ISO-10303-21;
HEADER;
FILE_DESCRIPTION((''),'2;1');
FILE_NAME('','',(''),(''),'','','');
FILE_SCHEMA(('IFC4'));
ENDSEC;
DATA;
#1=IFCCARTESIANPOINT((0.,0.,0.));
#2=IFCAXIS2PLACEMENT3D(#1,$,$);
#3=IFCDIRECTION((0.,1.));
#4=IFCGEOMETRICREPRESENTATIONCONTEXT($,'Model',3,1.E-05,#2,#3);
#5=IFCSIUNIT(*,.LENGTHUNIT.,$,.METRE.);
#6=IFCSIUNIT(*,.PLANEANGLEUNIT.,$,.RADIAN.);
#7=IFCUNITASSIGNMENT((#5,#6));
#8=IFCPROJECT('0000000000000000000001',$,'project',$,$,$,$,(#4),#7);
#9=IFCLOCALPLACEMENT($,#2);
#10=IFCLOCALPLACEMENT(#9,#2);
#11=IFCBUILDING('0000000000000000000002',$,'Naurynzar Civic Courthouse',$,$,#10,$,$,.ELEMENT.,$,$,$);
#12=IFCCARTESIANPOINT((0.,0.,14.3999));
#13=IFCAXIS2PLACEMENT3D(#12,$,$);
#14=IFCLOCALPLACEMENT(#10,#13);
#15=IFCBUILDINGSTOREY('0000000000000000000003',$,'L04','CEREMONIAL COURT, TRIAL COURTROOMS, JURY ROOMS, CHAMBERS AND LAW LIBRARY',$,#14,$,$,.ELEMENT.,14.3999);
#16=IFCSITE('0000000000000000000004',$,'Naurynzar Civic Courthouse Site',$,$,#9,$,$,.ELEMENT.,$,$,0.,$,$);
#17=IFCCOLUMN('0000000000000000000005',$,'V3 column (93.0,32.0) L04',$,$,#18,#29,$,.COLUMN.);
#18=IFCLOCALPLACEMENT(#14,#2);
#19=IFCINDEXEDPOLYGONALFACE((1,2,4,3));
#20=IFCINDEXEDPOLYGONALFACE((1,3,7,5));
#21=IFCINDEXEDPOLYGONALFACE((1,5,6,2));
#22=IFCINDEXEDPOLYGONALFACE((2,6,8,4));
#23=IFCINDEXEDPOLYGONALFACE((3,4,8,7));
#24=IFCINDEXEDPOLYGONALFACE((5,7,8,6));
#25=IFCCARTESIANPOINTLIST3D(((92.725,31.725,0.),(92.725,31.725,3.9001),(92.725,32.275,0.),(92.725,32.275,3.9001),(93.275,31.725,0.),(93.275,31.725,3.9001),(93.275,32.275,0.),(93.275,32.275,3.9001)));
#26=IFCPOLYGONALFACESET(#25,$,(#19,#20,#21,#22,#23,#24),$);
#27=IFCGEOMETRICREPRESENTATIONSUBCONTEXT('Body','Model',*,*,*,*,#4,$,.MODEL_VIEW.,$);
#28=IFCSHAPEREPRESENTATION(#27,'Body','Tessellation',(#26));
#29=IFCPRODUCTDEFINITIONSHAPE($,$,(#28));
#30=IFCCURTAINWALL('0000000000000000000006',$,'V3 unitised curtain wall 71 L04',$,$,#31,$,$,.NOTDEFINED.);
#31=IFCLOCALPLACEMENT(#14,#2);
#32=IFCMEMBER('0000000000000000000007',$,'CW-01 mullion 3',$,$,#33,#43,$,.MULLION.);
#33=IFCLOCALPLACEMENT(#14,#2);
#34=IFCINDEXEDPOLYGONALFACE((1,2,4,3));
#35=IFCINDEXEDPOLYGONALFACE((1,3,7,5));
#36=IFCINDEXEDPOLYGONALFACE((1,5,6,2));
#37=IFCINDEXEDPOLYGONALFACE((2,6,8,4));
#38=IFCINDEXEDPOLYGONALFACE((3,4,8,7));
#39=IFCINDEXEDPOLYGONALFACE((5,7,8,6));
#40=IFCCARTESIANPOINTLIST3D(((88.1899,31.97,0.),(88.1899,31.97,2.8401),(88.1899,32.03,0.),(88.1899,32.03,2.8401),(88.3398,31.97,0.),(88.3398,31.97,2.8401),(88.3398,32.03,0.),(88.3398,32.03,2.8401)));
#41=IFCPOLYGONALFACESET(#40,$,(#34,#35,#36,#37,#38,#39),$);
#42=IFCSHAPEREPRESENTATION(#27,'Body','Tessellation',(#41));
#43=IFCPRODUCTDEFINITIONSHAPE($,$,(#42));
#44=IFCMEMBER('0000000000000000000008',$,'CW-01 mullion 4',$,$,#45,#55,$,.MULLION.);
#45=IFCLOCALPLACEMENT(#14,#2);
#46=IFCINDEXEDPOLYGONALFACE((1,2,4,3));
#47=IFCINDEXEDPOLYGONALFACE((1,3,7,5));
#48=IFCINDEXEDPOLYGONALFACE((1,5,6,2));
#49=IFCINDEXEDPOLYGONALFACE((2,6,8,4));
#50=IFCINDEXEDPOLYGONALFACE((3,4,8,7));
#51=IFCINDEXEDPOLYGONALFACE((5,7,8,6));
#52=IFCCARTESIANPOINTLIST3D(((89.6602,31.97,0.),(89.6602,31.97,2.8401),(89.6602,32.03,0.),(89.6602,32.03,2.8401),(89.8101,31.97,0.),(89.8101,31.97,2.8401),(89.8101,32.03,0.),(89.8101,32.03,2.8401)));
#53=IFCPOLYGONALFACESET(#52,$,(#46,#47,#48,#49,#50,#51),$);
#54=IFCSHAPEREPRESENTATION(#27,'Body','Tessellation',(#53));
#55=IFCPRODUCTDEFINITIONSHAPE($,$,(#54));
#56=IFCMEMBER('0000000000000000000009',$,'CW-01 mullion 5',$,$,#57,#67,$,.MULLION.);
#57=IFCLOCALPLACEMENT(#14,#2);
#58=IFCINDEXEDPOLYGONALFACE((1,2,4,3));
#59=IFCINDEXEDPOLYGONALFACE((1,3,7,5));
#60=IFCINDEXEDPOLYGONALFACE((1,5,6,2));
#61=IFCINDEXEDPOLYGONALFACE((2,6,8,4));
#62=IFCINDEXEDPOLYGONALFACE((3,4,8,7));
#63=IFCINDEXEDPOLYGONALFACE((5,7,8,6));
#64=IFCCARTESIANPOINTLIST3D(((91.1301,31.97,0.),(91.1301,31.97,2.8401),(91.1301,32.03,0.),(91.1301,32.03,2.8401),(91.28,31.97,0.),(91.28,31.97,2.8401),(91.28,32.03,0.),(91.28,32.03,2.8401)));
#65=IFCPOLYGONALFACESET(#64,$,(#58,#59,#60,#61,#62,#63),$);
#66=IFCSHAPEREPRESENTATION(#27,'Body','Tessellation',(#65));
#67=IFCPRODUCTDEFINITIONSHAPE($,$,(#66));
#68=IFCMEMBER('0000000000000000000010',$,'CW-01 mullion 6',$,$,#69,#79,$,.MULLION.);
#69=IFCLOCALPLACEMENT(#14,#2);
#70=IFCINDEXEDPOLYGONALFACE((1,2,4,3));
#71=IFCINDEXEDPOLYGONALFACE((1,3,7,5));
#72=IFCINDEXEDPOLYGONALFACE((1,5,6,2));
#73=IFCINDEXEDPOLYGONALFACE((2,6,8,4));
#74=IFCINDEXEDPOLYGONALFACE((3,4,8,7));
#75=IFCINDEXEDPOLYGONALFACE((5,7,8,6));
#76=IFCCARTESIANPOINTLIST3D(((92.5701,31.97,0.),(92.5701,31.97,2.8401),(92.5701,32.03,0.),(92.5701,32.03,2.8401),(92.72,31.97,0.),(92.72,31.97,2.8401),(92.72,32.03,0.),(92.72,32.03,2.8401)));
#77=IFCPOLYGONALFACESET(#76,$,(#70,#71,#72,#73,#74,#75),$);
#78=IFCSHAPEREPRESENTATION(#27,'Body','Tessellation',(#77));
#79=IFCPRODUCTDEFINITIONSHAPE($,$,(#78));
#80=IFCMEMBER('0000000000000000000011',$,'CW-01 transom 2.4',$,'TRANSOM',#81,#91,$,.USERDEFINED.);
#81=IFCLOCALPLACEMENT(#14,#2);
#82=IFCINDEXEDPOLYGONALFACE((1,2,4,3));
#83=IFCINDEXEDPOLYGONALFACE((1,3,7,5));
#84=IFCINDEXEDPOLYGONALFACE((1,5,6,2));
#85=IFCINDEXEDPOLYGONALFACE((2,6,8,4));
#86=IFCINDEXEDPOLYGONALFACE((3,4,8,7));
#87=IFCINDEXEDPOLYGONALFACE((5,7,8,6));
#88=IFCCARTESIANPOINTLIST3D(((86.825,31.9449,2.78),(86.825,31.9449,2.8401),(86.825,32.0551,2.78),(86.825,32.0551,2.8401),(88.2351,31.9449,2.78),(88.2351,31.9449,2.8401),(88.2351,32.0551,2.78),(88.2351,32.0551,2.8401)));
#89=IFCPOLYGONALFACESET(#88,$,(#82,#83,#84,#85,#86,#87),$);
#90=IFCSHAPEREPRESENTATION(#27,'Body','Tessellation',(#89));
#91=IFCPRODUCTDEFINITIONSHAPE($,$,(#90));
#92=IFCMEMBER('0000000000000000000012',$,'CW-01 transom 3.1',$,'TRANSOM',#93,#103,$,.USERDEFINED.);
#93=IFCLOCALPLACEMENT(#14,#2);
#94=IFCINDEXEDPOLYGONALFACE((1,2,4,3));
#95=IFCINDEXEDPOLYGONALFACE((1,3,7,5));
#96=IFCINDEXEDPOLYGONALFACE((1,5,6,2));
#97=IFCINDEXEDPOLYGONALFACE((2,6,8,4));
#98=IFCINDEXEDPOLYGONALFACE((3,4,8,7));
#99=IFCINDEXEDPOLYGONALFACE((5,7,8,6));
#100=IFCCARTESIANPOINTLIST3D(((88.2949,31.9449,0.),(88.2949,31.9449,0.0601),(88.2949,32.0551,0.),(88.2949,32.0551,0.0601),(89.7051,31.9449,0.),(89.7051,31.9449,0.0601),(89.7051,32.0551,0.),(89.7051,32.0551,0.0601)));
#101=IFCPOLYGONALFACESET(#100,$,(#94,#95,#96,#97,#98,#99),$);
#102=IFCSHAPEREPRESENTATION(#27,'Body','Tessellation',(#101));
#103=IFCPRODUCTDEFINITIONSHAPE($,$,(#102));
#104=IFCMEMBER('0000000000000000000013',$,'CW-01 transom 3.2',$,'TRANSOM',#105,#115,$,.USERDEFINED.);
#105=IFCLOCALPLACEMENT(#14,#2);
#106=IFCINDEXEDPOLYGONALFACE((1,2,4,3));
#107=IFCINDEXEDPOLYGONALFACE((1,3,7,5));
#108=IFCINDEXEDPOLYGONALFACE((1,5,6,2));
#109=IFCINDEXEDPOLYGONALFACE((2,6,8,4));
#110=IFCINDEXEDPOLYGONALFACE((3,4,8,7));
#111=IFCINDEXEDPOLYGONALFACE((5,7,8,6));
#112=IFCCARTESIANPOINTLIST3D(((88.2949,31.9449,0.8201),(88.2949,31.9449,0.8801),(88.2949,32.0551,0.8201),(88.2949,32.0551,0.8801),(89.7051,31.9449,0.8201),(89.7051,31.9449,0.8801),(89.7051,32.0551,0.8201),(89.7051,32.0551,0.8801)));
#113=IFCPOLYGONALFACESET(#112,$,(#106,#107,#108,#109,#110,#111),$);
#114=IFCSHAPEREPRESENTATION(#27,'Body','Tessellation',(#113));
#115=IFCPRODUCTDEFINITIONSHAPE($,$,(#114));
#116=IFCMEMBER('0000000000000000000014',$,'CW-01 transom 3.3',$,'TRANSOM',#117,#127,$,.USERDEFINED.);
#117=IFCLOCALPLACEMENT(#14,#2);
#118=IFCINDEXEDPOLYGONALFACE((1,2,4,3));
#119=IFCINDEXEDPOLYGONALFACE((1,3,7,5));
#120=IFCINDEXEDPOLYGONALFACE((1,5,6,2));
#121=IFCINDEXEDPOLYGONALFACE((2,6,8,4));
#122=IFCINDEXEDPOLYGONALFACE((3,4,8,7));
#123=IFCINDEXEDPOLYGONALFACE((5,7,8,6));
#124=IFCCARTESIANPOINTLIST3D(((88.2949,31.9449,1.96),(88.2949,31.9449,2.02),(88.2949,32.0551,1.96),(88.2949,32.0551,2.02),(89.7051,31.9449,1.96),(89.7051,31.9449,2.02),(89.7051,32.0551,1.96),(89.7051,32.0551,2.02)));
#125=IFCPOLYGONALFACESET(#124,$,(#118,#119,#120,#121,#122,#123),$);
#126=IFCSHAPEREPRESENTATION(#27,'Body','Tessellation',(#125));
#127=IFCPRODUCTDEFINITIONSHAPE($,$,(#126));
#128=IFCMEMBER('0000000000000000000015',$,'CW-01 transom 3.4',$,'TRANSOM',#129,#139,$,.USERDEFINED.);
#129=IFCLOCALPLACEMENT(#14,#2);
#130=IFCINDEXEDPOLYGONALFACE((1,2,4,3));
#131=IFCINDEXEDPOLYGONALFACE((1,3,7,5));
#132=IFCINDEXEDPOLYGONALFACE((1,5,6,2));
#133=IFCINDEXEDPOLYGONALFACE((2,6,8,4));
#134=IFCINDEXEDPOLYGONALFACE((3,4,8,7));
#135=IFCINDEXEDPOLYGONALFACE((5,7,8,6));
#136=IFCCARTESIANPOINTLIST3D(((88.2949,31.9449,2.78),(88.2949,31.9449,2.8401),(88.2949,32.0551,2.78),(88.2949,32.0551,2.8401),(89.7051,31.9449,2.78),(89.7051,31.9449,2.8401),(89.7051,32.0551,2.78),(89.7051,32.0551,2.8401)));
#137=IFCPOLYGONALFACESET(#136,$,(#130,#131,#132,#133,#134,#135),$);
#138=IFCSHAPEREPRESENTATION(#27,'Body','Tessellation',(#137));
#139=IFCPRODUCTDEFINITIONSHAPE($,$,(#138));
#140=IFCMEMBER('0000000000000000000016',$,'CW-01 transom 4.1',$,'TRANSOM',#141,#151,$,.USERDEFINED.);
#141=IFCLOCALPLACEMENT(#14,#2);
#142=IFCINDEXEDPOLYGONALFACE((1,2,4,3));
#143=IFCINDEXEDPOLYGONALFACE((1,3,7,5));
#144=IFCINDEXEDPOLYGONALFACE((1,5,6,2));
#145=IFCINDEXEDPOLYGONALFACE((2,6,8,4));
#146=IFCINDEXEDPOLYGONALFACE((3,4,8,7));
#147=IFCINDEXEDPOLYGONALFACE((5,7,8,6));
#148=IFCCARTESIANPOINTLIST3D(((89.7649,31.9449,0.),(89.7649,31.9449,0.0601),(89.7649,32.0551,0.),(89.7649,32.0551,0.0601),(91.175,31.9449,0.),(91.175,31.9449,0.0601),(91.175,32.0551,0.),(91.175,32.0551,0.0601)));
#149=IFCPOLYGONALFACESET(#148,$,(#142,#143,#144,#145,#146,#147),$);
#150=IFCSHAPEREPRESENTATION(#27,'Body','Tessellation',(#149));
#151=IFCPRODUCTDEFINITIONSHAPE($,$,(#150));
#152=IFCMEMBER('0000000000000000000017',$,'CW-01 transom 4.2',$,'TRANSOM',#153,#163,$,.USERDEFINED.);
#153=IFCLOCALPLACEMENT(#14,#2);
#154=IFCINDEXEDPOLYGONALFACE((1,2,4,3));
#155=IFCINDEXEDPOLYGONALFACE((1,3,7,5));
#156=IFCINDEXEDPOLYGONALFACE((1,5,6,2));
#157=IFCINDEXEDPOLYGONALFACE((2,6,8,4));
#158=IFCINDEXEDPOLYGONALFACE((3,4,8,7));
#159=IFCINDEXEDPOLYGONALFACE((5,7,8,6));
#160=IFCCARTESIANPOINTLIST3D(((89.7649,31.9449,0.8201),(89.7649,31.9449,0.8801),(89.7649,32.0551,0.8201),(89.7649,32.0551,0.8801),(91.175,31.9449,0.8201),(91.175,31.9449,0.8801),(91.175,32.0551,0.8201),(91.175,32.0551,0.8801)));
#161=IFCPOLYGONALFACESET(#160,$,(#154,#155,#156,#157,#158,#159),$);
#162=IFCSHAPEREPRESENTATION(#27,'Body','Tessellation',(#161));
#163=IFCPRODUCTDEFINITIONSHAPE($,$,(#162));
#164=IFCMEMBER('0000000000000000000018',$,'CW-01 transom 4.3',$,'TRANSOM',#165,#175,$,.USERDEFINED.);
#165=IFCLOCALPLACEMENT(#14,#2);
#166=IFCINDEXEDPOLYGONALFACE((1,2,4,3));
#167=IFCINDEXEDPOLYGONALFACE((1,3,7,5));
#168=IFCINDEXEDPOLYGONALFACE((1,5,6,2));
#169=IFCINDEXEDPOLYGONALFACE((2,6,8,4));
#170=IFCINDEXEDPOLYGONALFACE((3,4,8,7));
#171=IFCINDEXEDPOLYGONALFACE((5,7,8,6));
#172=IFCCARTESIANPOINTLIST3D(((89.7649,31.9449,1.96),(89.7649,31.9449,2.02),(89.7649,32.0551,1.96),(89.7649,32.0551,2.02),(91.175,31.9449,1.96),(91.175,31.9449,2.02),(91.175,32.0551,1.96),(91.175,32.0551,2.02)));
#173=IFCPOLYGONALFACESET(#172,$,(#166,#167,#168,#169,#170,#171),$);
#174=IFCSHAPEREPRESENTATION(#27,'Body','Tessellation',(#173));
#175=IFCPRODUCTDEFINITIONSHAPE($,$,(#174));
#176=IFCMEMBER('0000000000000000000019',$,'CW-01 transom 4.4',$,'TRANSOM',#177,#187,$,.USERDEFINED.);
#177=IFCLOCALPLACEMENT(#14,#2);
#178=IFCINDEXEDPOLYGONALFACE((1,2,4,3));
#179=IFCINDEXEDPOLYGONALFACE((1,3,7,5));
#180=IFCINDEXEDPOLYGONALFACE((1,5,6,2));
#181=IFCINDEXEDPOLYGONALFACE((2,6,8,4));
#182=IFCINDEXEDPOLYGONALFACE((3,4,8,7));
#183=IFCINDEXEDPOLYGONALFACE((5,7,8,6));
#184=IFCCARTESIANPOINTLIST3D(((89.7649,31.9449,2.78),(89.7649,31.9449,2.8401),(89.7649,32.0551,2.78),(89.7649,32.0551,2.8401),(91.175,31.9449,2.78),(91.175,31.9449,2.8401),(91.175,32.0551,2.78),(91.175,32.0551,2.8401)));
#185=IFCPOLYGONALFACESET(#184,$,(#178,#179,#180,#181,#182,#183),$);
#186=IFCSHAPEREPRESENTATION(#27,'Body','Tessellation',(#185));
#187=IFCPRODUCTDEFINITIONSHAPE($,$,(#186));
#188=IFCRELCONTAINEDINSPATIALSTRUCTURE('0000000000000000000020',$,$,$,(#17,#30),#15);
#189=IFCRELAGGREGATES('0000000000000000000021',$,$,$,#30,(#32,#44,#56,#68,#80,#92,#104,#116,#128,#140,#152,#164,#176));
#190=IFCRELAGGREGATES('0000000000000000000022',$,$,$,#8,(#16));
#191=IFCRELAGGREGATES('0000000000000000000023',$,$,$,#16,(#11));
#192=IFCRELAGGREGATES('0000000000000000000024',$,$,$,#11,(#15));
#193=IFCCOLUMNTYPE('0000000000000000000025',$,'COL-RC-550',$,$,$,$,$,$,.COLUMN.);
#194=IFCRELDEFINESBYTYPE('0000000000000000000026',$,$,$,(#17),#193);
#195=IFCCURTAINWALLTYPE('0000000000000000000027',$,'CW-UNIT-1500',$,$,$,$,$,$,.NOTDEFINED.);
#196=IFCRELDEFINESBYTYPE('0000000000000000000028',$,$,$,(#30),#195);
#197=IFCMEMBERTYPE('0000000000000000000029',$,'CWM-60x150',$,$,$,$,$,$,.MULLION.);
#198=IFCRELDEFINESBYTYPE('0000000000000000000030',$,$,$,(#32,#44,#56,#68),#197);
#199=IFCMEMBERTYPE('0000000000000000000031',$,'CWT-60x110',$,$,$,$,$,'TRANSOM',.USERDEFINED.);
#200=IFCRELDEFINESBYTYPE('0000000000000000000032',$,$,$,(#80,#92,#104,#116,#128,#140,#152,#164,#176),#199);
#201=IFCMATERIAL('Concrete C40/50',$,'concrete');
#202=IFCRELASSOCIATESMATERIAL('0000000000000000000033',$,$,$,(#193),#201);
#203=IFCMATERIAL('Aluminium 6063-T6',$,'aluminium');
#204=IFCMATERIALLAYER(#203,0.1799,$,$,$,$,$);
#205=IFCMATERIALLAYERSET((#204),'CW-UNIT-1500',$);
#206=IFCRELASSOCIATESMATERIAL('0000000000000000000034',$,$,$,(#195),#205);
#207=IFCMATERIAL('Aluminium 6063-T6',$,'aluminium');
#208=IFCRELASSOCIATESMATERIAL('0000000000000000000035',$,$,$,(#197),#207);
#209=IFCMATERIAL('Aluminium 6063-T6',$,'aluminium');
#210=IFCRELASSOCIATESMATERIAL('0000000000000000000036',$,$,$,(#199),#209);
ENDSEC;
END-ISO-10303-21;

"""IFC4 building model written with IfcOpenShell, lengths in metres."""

from ifc_helpers import new_model, si_unit, direction, frame, origin, origin_2d, place, context, subcontext, project, spatial, rectangle, extrude, material, layer, layer_set, material_profile, profile_set, type_object, element, aggregate, save


model = new_model("IFC4")

# Units and contexts
model_context = context("Model", 3, precision=1e-05, world=origin(), true_north=direction((0.0, 1.0)))
body_context = subcontext(model_context, "Body", "Model", "MODEL_VIEW")
ifc_project = project(units=[si_unit("LENGTHUNIT", "METRE"), si_unit("PLANEANGLEUNIT", "RADIAN")], contexts=[model_context])

# Site, building, storey
site_placement = place(None, origin())
site = spatial("IfcSite", under=ifc_project, at=site_placement, Name="Naurynzar Civic Courthouse Site", CompositionType="ELEMENT", RefElevation=0.0)
building_placement = place(site_placement, origin())
building = spatial("IfcBuilding", under=site, at=building_placement, Name="Naurynzar Civic Courthouse", CompositionType="ELEMENT")
storey_placement = place(building_placement, frame((0.0, 0.0, 14.3999)))
storey = spatial("IfcBuildingStorey", under=building, at=storey_placement, Name="L04", Description="CEREMONIAL COURT, TRIAL COURTROOMS, JURY ROOMS, CHAMBERS AND LAW LIBRARY", CompositionType="ELEMENT", Elevation=14.3999)

# Column
ifc_material_1 = material(Name="Concrete C40/50", Category="concrete")
ifc_material_profile_1 = material_profile(ifc_material_1, rectangle(XDim=0.55, YDim=0.55, at=origin_2d()), Name="RC 550x550")
ifc_profile_set_1 = profile_set([ifc_material_profile_1], Name="Concrete C40/50")
column_type = type_object("IfcColumnType", Name="COL-RC-550", PredefinedType="COLUMN", material=ifc_profile_set_1)
column_placement = place(storey_placement, frame((93.0, 32.0, 0.0), z_axis=(0.0, 0.0, 1.0), x_axis=(1.0, 0.0, 0.0)))
element("IfcColumn", 1, at=column_placement, inside=storey, type_object=column_type, Name="V3 column (93.0,32.0) L04", PredefinedType="COLUMN", context=body_context, shape_type="SweptSolid", body=[
    extrude(rectangle(XDim=0.55, YDim=0.55, at=origin_2d()), origin(), (0.0, 0.0, 1.0), 3.9001),
])

# Curtain wall, members
ifc_material_2 = material(Name="Aluminium 6063-T6", Category="aluminium")
ifc_layer_1 = layer(ifc_material_2, 0.1799)
ifc_layer_set_1 = layer_set([ifc_layer_1], Name="CW-UNIT-1500")
curtain_wall_type = type_object("IfcCurtainWallType", Name="CW-UNIT-1500", PredefinedType="NOTDEFINED", material=ifc_layer_set_1)
curtain_wall_placement = place(storey_placement, origin())
curtain_wall = element("IfcCurtainWall", 2, at=curtain_wall_placement, inside=storey, type_object=curtain_wall_type, Name="V3 unitised curtain wall 71 L04", PredefinedType="NOTDEFINED")
ifc_material_3 = material(Name="Aluminium 6063-T6", Category="aluminium")
ifc_material_profile_2 = material_profile(ifc_material_3, rectangle(XDim=0.0601, YDim=0.1499, at=origin_2d()), Name="ALU MULLION 60x150")
ifc_profile_set_2 = profile_set([ifc_material_profile_2], Name="Aluminium 6063-T6")
member_type_1 = type_object("IfcMemberType", Name="CWM-60x150", PredefinedType="MULLION", material=ifc_profile_set_2)
member_1_placement = place(storey_placement, frame((88.2649, 32.0, 0.0), z_axis=(0.0, 0.0, 1.0), x_axis=(0.0, 1.0, 0.0)))
member_1 = element("IfcMember", 3, at=member_1_placement, type_object=member_type_1, Name="CW-01 mullion 3", PredefinedType="MULLION", context=body_context, shape_type="SweptSolid", body=[
    extrude(rectangle(XDim=0.0601, YDim=0.1499, at=origin_2d()), origin(), (0.0, 0.0, 1.0), 2.8401),
])
member_2_placement = place(storey_placement, frame((89.7351, 32.0, 0.0), z_axis=(0.0, 0.0, 1.0), x_axis=(0.0, 1.0, 0.0)))
member_2 = element("IfcMember", 4, at=member_2_placement, type_object=member_type_1, Name="CW-01 mullion 4", PredefinedType="MULLION", context=body_context, shape_type="SweptSolid", body=[
    extrude(rectangle(XDim=0.0601, YDim=0.1499, at=origin_2d()), origin(), (0.0, 0.0, 1.0), 2.8401),
])
member_3_placement = place(storey_placement, frame((91.2051, 32.0, 0.0), z_axis=(0.0, 0.0, 1.0), x_axis=(0.0, 1.0, 0.0)))
member_3 = element("IfcMember", 5, at=member_3_placement, type_object=member_type_1, Name="CW-01 mullion 5", PredefinedType="MULLION", context=body_context, shape_type="SweptSolid", body=[
    extrude(rectangle(XDim=0.0601, YDim=0.1499, at=origin_2d()), origin(), (0.0, 0.0, 1.0), 2.8401),
])
member_4_placement = place(storey_placement, frame((92.645, 32.0, 0.0), z_axis=(0.0, 0.0, 1.0), x_axis=(0.0, 1.0, 0.0)))
member_4 = element("IfcMember", 6, at=member_4_placement, type_object=member_type_1, Name="CW-01 mullion 6", PredefinedType="MULLION", context=body_context, shape_type="SweptSolid", body=[
    extrude(rectangle(XDim=0.0601, YDim=0.1499, at=origin_2d()), origin(), (0.0, 0.0, 1.0), 2.8401),
])
ifc_material_4 = material(Name="Aluminium 6063-T6", Category="aluminium")
ifc_material_profile_3 = material_profile(ifc_material_4, rectangle(XDim=0.1101, YDim=0.0601, at=origin_2d()), Name="ALU TRANSOM 60x110")
ifc_profile_set_3 = profile_set([ifc_material_profile_3], Name="Aluminium 6063-T6")
member_type_2 = type_object("IfcMemberType", Name="CWT-60x110", ElementType="TRANSOM", PredefinedType="USERDEFINED", material=ifc_profile_set_3)
member_5_placement = place(storey_placement, frame((86.825, 32.0, 2.8101), z_axis=(1.0, 0.0, 0.0), x_axis=(0.0, 1.0, 0.0)))
member_5 = element("IfcMember", 7, at=member_5_placement, type_object=member_type_2, Name="CW-01 transom 2.4", ObjectType="TRANSOM", PredefinedType="USERDEFINED", context=body_context, shape_type="SweptSolid", body=[
    extrude(rectangle(XDim=0.1101, YDim=0.0601, at=origin_2d()), origin(), (0.0, 0.0, 1.0), 1.4102),
])
member_6_placement = place(storey_placement, frame((88.2949, 32.0, 0.03), z_axis=(1.0, 0.0, 0.0), x_axis=(0.0, 1.0, 0.0)))
member_6 = element("IfcMember", 8, at=member_6_placement, type_object=member_type_2, Name="CW-01 transom 3.1", ObjectType="TRANSOM", PredefinedType="USERDEFINED", context=body_context, shape_type="SweptSolid", body=[
    extrude(rectangle(XDim=0.1101, YDim=0.0601, at=origin_2d()), origin(), (0.0, 0.0, 1.0), 1.4102),
])
member_7_placement = place(storey_placement, frame((88.2949, 32.0, 0.8501), z_axis=(1.0, 0.0, 0.0), x_axis=(0.0, 1.0, 0.0)))
member_7 = element("IfcMember", 9, at=member_7_placement, type_object=member_type_2, Name="CW-01 transom 3.2", ObjectType="TRANSOM", PredefinedType="USERDEFINED", context=body_context, shape_type="SweptSolid", body=[
    extrude(rectangle(XDim=0.1101, YDim=0.0601, at=origin_2d()), origin(), (0.0, 0.0, 1.0), 1.4102),
])
member_8_placement = place(storey_placement, frame((88.2949, 32.0, 1.99), z_axis=(1.0, 0.0, 0.0), x_axis=(0.0, 1.0, 0.0)))
member_8 = element("IfcMember", 10, at=member_8_placement, type_object=member_type_2, Name="CW-01 transom 3.3", ObjectType="TRANSOM", PredefinedType="USERDEFINED", context=body_context, shape_type="SweptSolid", body=[
    extrude(rectangle(XDim=0.1101, YDim=0.0601, at=origin_2d()), origin(), (0.0, 0.0, 1.0), 1.4102),
])
member_9_placement = place(storey_placement, frame((88.2949, 32.0, 2.8101), z_axis=(1.0, 0.0, 0.0), x_axis=(0.0, 1.0, 0.0)))
member_9 = element("IfcMember", 11, at=member_9_placement, type_object=member_type_2, Name="CW-01 transom 3.4", ObjectType="TRANSOM", PredefinedType="USERDEFINED", context=body_context, shape_type="SweptSolid", body=[
    extrude(rectangle(XDim=0.1101, YDim=0.0601, at=origin_2d()), origin(), (0.0, 0.0, 1.0), 1.4102),
])
member_10_placement = place(storey_placement, frame((89.7649, 32.0, 0.03), z_axis=(1.0, 0.0, 0.0), x_axis=(0.0, 1.0, 0.0)))
member_10 = element("IfcMember", 12, at=member_10_placement, type_object=member_type_2, Name="CW-01 transom 4.1", ObjectType="TRANSOM", PredefinedType="USERDEFINED", context=body_context, shape_type="SweptSolid", body=[
    extrude(rectangle(XDim=0.1101, YDim=0.0601, at=origin_2d()), origin(), (0.0, 0.0, 1.0), 1.4102),
])
member_11_placement = place(storey_placement, frame((89.7649, 32.0, 0.8501), z_axis=(1.0, 0.0, 0.0), x_axis=(0.0, 1.0, 0.0)))
member_11 = element("IfcMember", 13, at=member_11_placement, type_object=member_type_2, Name="CW-01 transom 4.2", ObjectType="TRANSOM", PredefinedType="USERDEFINED", context=body_context, shape_type="SweptSolid", body=[
    extrude(rectangle(XDim=0.1101, YDim=0.0601, at=origin_2d()), origin(), (0.0, 0.0, 1.0), 1.4102),
])
member_12_placement = place(storey_placement, frame((89.7649, 32.0, 1.99), z_axis=(1.0, 0.0, 0.0), x_axis=(0.0, 1.0, 0.0)))
member_12 = element("IfcMember", 14, at=member_12_placement, type_object=member_type_2, Name="CW-01 transom 4.3", ObjectType="TRANSOM", PredefinedType="USERDEFINED", context=body_context, shape_type="SweptSolid", body=[
    extrude(rectangle(XDim=0.1101, YDim=0.0601, at=origin_2d()), origin(), (0.0, 0.0, 1.0), 1.4102),
])
member_13_placement = place(storey_placement, frame((89.7649, 32.0, 2.8101), z_axis=(1.0, 0.0, 0.0), x_axis=(0.0, 1.0, 0.0)))
member_13 = element("IfcMember", 15, at=member_13_placement, type_object=member_type_2, Name="CW-01 transom 4.4", ObjectType="TRANSOM", PredefinedType="USERDEFINED", context=body_context, shape_type="SweptSolid", body=[
    extrude(rectangle(XDim=0.1101, YDim=0.0601, at=origin_2d()), origin(), (0.0, 0.0, 1.0), 1.4102),
])
aggregate(curtain_wall, [member_1, member_2, member_3, member_4, member_5, member_6, member_7, member_8, member_9, member_10, member_11, member_12, member_13])

save(model, "model.ifc")
